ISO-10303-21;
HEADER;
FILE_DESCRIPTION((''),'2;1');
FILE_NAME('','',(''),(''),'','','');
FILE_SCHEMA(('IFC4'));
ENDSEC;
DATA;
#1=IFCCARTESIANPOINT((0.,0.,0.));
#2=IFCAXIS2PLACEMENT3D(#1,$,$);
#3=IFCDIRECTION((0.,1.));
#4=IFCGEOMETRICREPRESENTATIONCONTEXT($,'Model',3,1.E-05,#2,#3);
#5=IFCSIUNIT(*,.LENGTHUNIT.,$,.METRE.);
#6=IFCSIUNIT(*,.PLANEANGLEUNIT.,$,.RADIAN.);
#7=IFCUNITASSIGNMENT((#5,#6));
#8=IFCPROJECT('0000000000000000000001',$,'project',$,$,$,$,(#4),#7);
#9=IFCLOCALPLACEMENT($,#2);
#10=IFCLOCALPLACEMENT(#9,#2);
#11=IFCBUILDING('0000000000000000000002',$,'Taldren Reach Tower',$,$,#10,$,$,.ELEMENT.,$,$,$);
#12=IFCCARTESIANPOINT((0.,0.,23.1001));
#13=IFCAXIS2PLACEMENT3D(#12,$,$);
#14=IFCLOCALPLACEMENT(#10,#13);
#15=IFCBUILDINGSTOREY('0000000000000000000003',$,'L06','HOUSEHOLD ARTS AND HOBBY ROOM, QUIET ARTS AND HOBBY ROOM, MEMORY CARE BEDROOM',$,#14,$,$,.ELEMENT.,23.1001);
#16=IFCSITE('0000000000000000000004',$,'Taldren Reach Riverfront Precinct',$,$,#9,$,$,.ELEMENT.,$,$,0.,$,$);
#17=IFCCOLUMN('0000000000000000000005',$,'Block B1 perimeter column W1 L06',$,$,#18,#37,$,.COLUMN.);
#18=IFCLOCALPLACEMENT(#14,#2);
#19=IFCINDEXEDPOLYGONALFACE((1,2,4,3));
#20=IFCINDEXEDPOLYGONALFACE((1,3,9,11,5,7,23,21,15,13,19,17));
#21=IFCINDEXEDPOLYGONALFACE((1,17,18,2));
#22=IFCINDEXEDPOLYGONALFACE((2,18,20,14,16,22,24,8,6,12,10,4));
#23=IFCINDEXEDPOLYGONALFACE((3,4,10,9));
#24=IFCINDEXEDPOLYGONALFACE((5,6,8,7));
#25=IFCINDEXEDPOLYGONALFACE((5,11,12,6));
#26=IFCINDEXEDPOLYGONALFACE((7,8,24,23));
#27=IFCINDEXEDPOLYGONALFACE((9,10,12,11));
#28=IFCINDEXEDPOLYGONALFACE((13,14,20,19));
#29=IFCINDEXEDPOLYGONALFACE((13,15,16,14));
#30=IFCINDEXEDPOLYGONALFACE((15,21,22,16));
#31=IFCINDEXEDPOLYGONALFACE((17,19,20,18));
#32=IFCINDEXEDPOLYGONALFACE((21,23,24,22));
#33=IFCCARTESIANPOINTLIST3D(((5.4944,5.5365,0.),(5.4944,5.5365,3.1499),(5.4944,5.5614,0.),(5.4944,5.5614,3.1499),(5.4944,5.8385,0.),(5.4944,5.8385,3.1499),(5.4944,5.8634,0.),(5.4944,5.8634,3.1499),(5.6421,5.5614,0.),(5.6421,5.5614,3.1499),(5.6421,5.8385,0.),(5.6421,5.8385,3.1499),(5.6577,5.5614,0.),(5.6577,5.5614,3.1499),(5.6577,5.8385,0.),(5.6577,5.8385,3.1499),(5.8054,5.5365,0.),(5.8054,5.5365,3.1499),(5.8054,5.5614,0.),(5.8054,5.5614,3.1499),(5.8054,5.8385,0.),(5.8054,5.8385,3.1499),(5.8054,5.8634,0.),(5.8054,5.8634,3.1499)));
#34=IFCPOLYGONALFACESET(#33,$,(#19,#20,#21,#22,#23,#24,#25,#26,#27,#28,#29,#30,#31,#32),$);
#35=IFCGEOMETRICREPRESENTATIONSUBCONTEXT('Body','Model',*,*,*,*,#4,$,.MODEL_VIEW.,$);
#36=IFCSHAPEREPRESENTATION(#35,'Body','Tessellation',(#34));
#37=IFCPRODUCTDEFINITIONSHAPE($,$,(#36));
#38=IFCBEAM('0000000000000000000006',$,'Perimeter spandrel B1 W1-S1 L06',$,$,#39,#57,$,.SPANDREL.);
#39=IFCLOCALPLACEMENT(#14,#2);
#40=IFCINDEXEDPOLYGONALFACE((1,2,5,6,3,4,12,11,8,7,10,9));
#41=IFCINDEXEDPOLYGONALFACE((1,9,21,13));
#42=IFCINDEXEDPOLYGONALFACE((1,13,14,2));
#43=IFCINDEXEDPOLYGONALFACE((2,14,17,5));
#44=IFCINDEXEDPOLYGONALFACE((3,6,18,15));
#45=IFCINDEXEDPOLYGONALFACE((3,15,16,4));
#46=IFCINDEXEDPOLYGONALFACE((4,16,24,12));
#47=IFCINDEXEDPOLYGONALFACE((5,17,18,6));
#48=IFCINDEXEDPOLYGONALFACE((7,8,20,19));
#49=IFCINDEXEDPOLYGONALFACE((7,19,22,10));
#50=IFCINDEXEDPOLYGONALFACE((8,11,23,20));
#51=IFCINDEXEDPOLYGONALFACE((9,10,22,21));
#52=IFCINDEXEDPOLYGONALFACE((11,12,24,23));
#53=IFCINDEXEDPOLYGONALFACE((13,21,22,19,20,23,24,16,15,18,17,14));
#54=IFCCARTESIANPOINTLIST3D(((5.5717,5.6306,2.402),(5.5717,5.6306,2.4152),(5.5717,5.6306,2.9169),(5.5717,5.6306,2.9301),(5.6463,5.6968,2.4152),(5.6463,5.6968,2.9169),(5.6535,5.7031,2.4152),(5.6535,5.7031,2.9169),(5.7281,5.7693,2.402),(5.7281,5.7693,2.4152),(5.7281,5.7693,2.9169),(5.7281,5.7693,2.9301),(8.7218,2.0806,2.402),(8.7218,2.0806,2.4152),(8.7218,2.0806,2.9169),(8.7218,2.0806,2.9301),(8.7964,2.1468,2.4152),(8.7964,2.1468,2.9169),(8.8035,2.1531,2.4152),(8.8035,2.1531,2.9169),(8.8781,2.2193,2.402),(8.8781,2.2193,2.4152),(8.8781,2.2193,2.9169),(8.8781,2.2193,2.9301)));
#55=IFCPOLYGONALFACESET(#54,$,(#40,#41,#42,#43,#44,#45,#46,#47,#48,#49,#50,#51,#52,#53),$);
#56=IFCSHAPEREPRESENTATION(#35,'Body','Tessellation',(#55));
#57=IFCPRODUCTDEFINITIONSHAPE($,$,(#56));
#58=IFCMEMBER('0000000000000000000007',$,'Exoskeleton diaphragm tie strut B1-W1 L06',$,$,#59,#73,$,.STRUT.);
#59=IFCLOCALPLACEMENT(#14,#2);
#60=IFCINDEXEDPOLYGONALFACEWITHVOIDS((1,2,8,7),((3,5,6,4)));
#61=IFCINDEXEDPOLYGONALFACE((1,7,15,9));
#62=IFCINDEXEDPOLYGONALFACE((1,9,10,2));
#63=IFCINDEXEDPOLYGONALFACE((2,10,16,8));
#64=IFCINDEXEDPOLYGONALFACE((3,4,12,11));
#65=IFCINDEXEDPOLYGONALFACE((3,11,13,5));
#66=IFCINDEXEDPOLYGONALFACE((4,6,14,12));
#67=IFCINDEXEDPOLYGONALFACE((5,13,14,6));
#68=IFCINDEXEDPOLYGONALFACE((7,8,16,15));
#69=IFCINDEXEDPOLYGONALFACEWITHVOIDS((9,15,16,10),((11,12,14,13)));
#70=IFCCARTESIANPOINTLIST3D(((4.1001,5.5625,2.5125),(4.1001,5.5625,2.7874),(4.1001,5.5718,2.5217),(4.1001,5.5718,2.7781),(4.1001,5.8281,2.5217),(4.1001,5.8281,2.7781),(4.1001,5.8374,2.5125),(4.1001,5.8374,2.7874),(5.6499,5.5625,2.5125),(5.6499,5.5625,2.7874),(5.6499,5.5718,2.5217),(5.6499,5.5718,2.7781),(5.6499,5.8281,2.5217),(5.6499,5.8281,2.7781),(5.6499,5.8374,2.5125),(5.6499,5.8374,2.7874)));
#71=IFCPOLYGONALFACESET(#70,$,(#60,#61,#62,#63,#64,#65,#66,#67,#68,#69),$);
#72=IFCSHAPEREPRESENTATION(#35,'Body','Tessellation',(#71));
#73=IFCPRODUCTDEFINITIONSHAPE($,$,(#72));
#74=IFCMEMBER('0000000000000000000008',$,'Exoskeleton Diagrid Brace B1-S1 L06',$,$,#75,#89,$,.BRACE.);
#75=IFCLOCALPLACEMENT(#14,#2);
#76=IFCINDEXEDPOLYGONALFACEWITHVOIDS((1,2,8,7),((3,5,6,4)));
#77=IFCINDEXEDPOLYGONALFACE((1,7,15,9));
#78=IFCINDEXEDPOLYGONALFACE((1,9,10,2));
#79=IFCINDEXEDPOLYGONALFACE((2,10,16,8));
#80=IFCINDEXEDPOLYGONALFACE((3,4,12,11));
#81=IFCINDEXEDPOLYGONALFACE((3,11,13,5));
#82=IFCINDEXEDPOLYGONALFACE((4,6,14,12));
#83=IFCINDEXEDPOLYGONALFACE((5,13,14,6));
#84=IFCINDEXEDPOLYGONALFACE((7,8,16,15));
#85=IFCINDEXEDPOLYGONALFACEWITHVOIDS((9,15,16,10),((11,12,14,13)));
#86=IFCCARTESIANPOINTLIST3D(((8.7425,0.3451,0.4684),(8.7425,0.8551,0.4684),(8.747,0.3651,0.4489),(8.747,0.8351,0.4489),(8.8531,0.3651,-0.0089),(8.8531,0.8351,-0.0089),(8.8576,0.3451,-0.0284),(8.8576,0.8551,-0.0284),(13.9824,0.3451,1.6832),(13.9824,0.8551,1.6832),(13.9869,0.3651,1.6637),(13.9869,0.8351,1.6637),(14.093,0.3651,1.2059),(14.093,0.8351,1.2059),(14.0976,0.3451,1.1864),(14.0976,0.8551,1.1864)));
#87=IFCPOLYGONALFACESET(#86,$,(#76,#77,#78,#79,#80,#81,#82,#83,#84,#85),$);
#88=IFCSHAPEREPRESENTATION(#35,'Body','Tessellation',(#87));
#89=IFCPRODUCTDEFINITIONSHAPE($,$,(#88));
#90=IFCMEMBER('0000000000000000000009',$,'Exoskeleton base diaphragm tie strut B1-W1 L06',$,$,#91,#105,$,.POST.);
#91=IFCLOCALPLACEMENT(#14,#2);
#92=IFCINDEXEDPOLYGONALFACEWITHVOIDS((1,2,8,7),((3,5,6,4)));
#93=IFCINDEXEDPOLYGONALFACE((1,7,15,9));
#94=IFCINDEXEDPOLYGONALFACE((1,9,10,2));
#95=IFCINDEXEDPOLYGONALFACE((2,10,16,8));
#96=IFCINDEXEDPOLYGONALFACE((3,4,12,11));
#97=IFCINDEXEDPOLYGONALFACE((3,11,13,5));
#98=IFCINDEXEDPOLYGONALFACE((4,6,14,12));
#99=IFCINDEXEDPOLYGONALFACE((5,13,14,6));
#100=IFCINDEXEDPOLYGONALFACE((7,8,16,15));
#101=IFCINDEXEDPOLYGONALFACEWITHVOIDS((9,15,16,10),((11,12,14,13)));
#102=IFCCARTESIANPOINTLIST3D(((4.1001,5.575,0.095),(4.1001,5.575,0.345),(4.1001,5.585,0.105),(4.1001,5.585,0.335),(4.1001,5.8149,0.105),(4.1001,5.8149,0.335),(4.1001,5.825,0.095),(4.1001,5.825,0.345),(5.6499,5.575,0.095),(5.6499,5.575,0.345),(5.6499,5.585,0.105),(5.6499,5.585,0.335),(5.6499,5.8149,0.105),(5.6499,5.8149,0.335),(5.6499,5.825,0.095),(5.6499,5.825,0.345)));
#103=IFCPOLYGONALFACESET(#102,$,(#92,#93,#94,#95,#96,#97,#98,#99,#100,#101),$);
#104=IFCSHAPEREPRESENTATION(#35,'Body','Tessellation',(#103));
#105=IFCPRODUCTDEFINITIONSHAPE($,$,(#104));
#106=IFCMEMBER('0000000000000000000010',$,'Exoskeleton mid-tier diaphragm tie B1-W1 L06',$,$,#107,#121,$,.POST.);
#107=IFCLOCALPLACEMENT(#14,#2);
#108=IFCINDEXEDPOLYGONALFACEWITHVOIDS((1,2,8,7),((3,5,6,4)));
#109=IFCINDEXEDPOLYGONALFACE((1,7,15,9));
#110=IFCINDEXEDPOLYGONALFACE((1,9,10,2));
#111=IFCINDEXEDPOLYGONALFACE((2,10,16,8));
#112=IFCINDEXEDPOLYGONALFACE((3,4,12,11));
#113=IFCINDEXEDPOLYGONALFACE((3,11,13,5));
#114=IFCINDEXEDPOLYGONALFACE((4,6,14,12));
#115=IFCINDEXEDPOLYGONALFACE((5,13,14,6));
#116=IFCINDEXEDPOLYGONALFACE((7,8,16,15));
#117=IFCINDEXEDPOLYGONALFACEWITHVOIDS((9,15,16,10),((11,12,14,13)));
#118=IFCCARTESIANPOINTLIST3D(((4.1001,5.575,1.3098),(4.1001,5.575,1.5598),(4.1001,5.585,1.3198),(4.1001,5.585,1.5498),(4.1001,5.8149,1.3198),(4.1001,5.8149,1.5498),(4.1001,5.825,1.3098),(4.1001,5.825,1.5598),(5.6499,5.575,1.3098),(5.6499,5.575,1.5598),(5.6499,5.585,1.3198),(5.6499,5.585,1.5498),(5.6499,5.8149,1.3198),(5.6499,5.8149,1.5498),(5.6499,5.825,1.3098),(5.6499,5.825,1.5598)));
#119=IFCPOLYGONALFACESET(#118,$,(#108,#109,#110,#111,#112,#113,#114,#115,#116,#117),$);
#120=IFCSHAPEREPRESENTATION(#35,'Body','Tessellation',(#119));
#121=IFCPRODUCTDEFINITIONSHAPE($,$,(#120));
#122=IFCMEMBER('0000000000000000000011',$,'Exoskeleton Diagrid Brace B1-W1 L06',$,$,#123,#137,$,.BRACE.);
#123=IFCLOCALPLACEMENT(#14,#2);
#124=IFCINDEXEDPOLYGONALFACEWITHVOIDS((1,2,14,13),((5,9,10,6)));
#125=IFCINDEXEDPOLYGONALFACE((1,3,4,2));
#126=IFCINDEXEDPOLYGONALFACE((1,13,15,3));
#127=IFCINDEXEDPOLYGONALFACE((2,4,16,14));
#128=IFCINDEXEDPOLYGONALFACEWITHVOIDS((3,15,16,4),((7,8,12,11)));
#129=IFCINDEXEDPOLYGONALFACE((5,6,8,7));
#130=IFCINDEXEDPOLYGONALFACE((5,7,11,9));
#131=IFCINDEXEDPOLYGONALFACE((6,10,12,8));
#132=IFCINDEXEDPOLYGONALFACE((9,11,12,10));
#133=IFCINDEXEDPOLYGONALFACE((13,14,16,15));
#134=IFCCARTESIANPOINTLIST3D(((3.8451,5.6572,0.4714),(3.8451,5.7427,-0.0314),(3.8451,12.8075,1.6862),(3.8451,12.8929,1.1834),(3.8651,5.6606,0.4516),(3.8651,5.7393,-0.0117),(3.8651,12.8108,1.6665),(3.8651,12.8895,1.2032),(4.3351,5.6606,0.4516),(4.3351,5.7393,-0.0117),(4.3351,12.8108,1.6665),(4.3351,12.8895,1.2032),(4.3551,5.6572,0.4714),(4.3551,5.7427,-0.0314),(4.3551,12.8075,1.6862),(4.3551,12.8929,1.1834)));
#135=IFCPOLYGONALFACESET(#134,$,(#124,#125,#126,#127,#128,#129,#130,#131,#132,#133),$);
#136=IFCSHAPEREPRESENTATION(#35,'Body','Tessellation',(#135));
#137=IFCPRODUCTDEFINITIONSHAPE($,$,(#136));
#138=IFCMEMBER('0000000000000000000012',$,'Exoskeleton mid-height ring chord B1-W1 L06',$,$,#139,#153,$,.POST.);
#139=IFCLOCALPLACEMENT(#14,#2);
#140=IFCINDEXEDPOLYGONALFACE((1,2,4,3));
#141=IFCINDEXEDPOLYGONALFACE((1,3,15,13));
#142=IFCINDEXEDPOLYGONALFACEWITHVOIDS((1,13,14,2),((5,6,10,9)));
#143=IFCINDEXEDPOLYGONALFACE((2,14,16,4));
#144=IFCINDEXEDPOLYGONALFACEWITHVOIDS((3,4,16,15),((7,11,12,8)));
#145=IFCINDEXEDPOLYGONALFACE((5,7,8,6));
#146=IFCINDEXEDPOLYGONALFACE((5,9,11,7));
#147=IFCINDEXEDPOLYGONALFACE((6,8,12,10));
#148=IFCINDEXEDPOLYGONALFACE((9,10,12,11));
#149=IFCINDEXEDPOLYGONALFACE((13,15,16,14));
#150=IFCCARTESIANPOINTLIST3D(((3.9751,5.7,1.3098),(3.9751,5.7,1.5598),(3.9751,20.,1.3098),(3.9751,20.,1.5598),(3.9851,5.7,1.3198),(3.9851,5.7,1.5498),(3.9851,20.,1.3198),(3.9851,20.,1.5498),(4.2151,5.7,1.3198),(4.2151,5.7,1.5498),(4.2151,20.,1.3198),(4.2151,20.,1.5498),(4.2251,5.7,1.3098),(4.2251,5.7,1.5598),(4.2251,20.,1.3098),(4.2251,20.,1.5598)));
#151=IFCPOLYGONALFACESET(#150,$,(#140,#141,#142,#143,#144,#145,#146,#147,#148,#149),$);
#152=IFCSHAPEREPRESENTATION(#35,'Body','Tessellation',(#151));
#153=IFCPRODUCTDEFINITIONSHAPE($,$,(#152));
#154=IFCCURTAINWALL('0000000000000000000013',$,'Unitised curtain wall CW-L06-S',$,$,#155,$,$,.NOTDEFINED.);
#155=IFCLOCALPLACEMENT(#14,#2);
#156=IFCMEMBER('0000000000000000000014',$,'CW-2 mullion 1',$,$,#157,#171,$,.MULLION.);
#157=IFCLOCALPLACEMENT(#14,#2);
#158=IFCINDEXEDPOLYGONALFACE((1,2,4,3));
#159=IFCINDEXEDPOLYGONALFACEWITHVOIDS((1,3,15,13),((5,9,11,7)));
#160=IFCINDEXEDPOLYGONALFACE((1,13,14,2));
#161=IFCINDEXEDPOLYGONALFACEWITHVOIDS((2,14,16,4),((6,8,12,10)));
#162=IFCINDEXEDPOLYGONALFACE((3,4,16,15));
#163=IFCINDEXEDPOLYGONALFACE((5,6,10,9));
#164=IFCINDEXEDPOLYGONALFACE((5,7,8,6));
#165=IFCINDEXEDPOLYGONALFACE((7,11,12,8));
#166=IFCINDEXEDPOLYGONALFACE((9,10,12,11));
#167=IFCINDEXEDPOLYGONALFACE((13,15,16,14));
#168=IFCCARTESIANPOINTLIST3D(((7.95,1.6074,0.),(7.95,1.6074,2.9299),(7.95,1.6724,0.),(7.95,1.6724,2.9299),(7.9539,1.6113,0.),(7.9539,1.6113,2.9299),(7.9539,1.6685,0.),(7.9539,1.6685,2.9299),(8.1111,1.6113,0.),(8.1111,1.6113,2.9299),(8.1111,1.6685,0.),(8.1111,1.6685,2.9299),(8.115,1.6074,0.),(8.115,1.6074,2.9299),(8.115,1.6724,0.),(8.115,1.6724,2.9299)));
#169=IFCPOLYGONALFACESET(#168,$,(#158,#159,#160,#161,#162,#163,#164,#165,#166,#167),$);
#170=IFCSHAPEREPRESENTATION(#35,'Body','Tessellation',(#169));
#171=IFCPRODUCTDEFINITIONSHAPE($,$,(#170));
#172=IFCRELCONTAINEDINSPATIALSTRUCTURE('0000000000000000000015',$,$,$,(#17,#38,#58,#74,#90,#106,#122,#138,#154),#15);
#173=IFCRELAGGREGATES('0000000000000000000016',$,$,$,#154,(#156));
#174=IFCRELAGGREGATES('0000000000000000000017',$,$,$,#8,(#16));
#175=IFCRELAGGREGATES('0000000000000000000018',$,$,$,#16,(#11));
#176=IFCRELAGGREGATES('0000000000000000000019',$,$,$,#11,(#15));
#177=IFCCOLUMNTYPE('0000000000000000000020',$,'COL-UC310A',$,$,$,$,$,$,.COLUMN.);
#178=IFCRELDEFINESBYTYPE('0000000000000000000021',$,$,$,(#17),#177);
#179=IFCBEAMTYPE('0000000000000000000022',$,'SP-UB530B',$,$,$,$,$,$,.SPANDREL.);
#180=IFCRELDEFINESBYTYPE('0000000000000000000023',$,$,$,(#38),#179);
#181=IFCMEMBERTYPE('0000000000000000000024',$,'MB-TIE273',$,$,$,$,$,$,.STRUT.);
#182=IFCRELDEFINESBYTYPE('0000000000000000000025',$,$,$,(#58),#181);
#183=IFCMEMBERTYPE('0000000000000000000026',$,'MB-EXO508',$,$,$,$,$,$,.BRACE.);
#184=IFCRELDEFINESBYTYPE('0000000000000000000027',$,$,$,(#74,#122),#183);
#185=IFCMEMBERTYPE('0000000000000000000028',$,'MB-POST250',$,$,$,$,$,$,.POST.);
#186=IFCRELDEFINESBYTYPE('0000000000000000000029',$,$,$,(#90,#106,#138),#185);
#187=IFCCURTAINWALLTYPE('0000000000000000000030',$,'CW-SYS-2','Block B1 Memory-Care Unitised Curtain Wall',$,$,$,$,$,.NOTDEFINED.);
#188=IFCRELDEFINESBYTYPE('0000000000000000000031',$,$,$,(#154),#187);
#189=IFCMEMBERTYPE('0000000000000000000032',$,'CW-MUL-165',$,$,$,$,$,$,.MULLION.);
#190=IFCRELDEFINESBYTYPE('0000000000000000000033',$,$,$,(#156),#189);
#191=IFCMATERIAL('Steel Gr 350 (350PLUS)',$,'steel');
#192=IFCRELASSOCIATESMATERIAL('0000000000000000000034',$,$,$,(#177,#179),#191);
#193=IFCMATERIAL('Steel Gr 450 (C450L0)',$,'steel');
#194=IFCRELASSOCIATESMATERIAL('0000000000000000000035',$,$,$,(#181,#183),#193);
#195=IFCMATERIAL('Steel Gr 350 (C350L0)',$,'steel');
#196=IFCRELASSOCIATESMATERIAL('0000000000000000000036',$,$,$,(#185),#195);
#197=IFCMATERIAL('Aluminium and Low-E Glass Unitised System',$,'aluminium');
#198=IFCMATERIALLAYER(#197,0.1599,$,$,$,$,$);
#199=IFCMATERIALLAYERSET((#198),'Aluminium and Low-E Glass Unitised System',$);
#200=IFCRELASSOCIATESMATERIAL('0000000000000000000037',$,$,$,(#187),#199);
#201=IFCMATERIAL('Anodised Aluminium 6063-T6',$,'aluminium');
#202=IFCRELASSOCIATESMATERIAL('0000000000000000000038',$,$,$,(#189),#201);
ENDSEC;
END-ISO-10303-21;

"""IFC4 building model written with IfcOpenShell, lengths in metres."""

from ifc_helpers import new_model, si_unit, direction, frame, origin, origin_2d, place, context, subcontext, project, spatial, hollow_rectangle, i_section, extrude, source, transform, mapped, material, layer, layer_set, material_profile, profile_set, type_object, element, aggregate, save


model = new_model("IFC4")

# Units and contexts
model_context = context("Model", 3, precision=1e-05, world=origin(), true_north=direction((0.0, 1.0)))
body_context = subcontext(model_context, "Body", "Model", "MODEL_VIEW")
ifc_project = project(units=[si_unit("LENGTHUNIT", "METRE"), si_unit("PLANEANGLEUNIT", "RADIAN")], contexts=[model_context])

# Site, building, storey
site_placement = place(None, origin())
site = spatial("IfcSite", under=ifc_project, at=site_placement, Name="Taldren Reach Riverfront Precinct", CompositionType="ELEMENT", RefElevation=0.0)
building_placement = place(site_placement, origin())
building = spatial("IfcBuilding", under=site, at=building_placement, Name="Taldren Reach Tower", CompositionType="ELEMENT")
storey_placement = place(building_placement, frame((0.0, 0.0, 23.1001)))
storey = spatial("IfcBuildingStorey", under=building, at=storey_placement, Name="L06", Description="HOUSEHOLD ARTS AND HOBBY ROOM, QUIET ARTS AND HOBBY ROOM, MEMORY CARE BEDROOM", CompositionType="ELEMENT", Elevation=23.1001)

# Column
ifc_material_1 = material(Name="Steel Gr 350 (350PLUS)", Category="steel")
ifc_material_profile_1 = material_profile(ifc_material_1, i_section(OverallWidth=0.311, OverallDepth=0.3269, WebThickness=0.0156, FlangeThickness=0.0249, at=origin_2d()), Name="310UC158")
ifc_profile_set_1 = profile_set([ifc_material_profile_1], Name="Steel Gr 350 (350PLUS)")
column_type = type_object("IfcColumnType", Name="COL-UC310A", PredefinedType="COLUMN", material=ifc_profile_set_1)
shared_shape_1 = source(origin(), body_context, "Body", "SweptSolid", [
    extrude(i_section(OverallWidth=0.311, OverallDepth=0.3269, WebThickness=0.0156, FlangeThickness=0.0249, at=origin_2d()), origin(), (0.0, 0.0, 1.0), 3.1499),
])
column_placement = place(storey_placement, frame((5.6499, 5.7, 0.0), z_axis=(0.0, 0.0, 1.0), x_axis=(1.0, 0.0, 0.0)))
element("IfcColumn", 1, at=column_placement, inside=storey, type_object=column_type, Name="Block B1 perimeter column W1 L06", PredefinedType="COLUMN", context=body_context, shape_type="MappedRepresentation", body=[
    mapped(shared_shape_1, transform((0.0, 0.0, 0.0), scale=1.0)),
])

# Beam
ifc_material_profile_2 = material_profile(ifc_material_1, i_section(OverallWidth=0.209, OverallDepth=0.5281, WebThickness=0.0095, FlangeThickness=0.0132, at=origin_2d()), Name="530UB82.0")
ifc_profile_set_2 = profile_set([ifc_material_profile_2], Name="Steel Gr 350 (350PLUS)")
beam_type = type_object("IfcBeamType", Name="SP-UB530B", PredefinedType="SPANDREL", material=ifc_profile_set_2)
shared_shape_2 = source(origin(), body_context, "Body", "SweptSolid", [
    extrude(i_section(OverallWidth=0.209, OverallDepth=0.5281, WebThickness=0.0095, FlangeThickness=0.0132, at=origin_2d()), origin(), (0.0, 0.0, 1.0), 4.7461),
])
beam_placement = place(storey_placement, frame((5.6499, 5.7, 2.666), z_axis=(0.663722, -0.747979, 0.0), x_axis=(0.747979, 0.663722, 0.0)))
element("IfcBeam", 2, at=beam_placement, inside=storey, type_object=beam_type, Name="Perimeter spandrel B1 W1-S1 L06", PredefinedType="SPANDREL", context=body_context, shape_type="MappedRepresentation", body=[
    mapped(shared_shape_2, transform((0.0, 0.0, 0.0), scale=1.0)),
])

# Members
ifc_material_2 = material(Name="Steel Gr 450 (C450L0)", Category="steel")
ifc_material_profile_3 = material_profile(ifc_material_2, hollow_rectangle(XDim=0.2749, YDim=0.2749, WallThickness=0.0093, at=origin_2d()), Name="275x275x9.3SHS")
ifc_profile_set_3 = profile_set([ifc_material_profile_3], Name="Steel Gr 450 (C450L0)")
member_type_1 = type_object("IfcMemberType", Name="MB-TIE273", PredefinedType="STRUT", material=ifc_profile_set_3)
shared_shape_3 = source(origin(), body_context, "Body", "SweptSolid", [
    extrude(hollow_rectangle(XDim=0.2749, YDim=0.2749, WallThickness=0.0093, at=origin_2d()), origin(), (0.0, 0.0, 1.0), 1.5498),
])
member_1_placement = place(storey_placement, frame((5.6499, 5.7, 2.6499), z_axis=(-1.0, 0.0, 0.0), x_axis=(0.0, -1.0, 0.0)))
element("IfcMember", 3, at=member_1_placement, inside=storey, type_object=member_type_1, Name="Exoskeleton diaphragm tie strut B1-W1 L06", PredefinedType="STRUT", context=body_context, shape_type="MappedRepresentation", body=[
    mapped(shared_shape_3, transform((0.0, 0.0, 0.0), scale=1.0)),
])
ifc_material_profile_4 = material_profile(ifc_material_2, hollow_rectangle(XDim=0.51, YDim=0.51, WallThickness=0.02, at=origin_2d()), Name="510x510x20.0SHS")
ifc_profile_set_4 = profile_set([ifc_material_profile_4], Name="Steel Gr 450 (C450L0)")
member_type_2 = type_object("IfcMemberType", Name="MB-EXO508", PredefinedType="BRACE", material=ifc_profile_set_4)
shared_shape_4 = source(origin(), body_context, "Body", "SweptSolid", [
    extrude(hollow_rectangle(XDim=0.51, YDim=0.51, WallThickness=0.02, at=origin_2d()), origin(), (0.0, 0.0, 1.0), 5.3789),
])
member_2_placement = place(storey_placement, frame((8.8, 0.6001, 0.22), z_axis=(0.974162, 0.0, 0.225851), x_axis=(0.0, 1.0, 0.0)))
element("IfcMember", 4, at=member_2_placement, inside=storey, type_object=member_type_2, Name="Exoskeleton Diagrid Brace B1-S1 L06", PredefinedType="BRACE", context=body_context, shape_type="MappedRepresentation", body=[
    mapped(shared_shape_4, transform((0.0, 0.0, 0.0), scale=1.0)),
])
ifc_material_3 = material(Name="Steel Gr 350 (C350L0)", Category="steel")
ifc_material_profile_5 = material_profile(ifc_material_3, hollow_rectangle(XDim=0.25, YDim=0.25, WallThickness=0.01, at=origin_2d()), Name="250x250x10.0SHS")
ifc_profile_set_5 = profile_set([ifc_material_profile_5], Name="Steel Gr 350 (C350L0)")
member_type_3 = type_object("IfcMemberType", Name="MB-POST250", PredefinedType="POST", material=ifc_profile_set_5)
shared_shape_5 = source(origin(), body_context, "Body", "SweptSolid", [
    extrude(hollow_rectangle(XDim=0.25, YDim=0.25, WallThickness=0.01, at=origin_2d()), origin(), (0.0, 0.0, 1.0), 1.5498),
])
for number, where, z_axis, x_axis, name in (
    (5, (5.6499, 5.7, 0.22), (-1.0, 0.0, 0.0), (0.0, -1.0, 0.0), "Exoskeleton base diaphragm tie strut B1-W1 L06"),
    (6, (5.6499, 5.7, 1.4348), (-1.0, 0.0, 0.0), (0.0, -1.0, 0.0), "Exoskeleton mid-tier diaphragm tie B1-W1 L06"),
):
    element("IfcMember", number, at=place(storey_placement, frame(where, z_axis=z_axis, x_axis=x_axis)), inside=storey, type_object=member_type_3, Name=name, PredefinedType="POST", context=body_context, shape_type="MappedRepresentation", body=[
        mapped(shared_shape_5, transform((0.0, 0.0, 0.0), scale=1.0)),
    ])
shared_shape_6 = source(origin(), body_context, "Body", "SweptSolid", [
    extrude(hollow_rectangle(XDim=0.51, YDim=0.51, WallThickness=0.02, at=origin_2d()), origin(), (0.0, 0.0, 1.0), 7.2527),
])
member_3_placement = place(storey_placement, frame((4.1001, 5.7, 0.22), z_axis=(0.0, 0.985871, 0.167504), x_axis=(-1.0, 0.0, 0.0)))
element("IfcMember", 7, at=member_3_placement, inside=storey, type_object=member_type_2, Name="Exoskeleton Diagrid Brace B1-W1 L06", PredefinedType="BRACE", context=body_context, shape_type="MappedRepresentation", body=[
    mapped(shared_shape_6, transform((0.0, 0.0, 0.0), scale=1.0)),
])
shared_shape_7 = source(origin(), body_context, "Body", "SweptSolid", [
    extrude(hollow_rectangle(XDim=0.25, YDim=0.25, WallThickness=0.01, at=origin_2d()), origin(), (0.0, 0.0, 1.0), 14.3),
])
member_4_placement = place(storey_placement, frame((4.1001, 5.7, 1.4348), z_axis=(0.0, 1.0, 0.0), x_axis=(-1.0, 0.0, 0.0)))
element("IfcMember", 8, at=member_4_placement, inside=storey, type_object=member_type_3, Name="Exoskeleton mid-height ring chord B1-W1 L06", PredefinedType="POST", context=body_context, shape_type="MappedRepresentation", body=[
    mapped(shared_shape_7, transform((0.0, 0.0, 0.0), scale=1.0)),
])

# Curtain wall, member
ifc_material_4 = material(Name="Aluminium and Low-E Glass Unitised System", Category="aluminium")
ifc_layer_1 = layer(ifc_material_4, 0.1599)
ifc_layer_set_1 = layer_set([ifc_layer_1], Name="Aluminium and Low-E Glass Unitised System")
curtain_wall_type = type_object("IfcCurtainWallType", Name="CW-SYS-2", Description="Block B1 Memory-Care Unitised Curtain Wall", PredefinedType="NOTDEFINED", material=ifc_layer_set_1)
curtain_wall_1_placement = place(storey_placement, origin())
curtain_wall_1 = element("IfcCurtainWall", 9, at=curtain_wall_1_placement, inside=storey, type_object=curtain_wall_type, Name="Unitised curtain wall CW-L06-S", PredefinedType="NOTDEFINED")
ifc_material_5 = material(Name="Anodised Aluminium 6063-T6", Category="aluminium")
ifc_material_profile_6 = material_profile(ifc_material_5, hollow_rectangle(XDim=0.0649, YDim=0.165, WallThickness=0.0039, at=origin_2d()), Name="ALU-165x65x4RHS")
ifc_profile_set_6 = profile_set([ifc_material_profile_6], Name="Anodised Aluminium 6063-T6")
member_type_4 = type_object("IfcMemberType", Name="CW-MUL-165", PredefinedType="MULLION", material=ifc_profile_set_6)
shared_shape_8 = source(origin(), body_context, "Body", "SweptSolid", [
    extrude(hollow_rectangle(XDim=0.0649, YDim=0.165, WallThickness=0.0039, at=origin_2d()), origin(), (0.0, 0.0, 1.0), 2.9299),
])
member_5_placement = place(storey_placement, frame((8.0325, 1.6399, 0.0), z_axis=(0.0, 0.0, 1.0), x_axis=(0.0, 1.0, 0.0)))
member_5 = element("IfcMember", 10, at=member_5_placement, type_object=member_type_4, Name="CW-2 mullion 1", PredefinedType="MULLION", context=body_context, shape_type="MappedRepresentation", body=[
    mapped(shared_shape_8, transform((0.0, 0.0, 0.0), scale=1.0)),
])

aggregate(curtain_wall_1, [member_5])

save(model, "model.ifc")
